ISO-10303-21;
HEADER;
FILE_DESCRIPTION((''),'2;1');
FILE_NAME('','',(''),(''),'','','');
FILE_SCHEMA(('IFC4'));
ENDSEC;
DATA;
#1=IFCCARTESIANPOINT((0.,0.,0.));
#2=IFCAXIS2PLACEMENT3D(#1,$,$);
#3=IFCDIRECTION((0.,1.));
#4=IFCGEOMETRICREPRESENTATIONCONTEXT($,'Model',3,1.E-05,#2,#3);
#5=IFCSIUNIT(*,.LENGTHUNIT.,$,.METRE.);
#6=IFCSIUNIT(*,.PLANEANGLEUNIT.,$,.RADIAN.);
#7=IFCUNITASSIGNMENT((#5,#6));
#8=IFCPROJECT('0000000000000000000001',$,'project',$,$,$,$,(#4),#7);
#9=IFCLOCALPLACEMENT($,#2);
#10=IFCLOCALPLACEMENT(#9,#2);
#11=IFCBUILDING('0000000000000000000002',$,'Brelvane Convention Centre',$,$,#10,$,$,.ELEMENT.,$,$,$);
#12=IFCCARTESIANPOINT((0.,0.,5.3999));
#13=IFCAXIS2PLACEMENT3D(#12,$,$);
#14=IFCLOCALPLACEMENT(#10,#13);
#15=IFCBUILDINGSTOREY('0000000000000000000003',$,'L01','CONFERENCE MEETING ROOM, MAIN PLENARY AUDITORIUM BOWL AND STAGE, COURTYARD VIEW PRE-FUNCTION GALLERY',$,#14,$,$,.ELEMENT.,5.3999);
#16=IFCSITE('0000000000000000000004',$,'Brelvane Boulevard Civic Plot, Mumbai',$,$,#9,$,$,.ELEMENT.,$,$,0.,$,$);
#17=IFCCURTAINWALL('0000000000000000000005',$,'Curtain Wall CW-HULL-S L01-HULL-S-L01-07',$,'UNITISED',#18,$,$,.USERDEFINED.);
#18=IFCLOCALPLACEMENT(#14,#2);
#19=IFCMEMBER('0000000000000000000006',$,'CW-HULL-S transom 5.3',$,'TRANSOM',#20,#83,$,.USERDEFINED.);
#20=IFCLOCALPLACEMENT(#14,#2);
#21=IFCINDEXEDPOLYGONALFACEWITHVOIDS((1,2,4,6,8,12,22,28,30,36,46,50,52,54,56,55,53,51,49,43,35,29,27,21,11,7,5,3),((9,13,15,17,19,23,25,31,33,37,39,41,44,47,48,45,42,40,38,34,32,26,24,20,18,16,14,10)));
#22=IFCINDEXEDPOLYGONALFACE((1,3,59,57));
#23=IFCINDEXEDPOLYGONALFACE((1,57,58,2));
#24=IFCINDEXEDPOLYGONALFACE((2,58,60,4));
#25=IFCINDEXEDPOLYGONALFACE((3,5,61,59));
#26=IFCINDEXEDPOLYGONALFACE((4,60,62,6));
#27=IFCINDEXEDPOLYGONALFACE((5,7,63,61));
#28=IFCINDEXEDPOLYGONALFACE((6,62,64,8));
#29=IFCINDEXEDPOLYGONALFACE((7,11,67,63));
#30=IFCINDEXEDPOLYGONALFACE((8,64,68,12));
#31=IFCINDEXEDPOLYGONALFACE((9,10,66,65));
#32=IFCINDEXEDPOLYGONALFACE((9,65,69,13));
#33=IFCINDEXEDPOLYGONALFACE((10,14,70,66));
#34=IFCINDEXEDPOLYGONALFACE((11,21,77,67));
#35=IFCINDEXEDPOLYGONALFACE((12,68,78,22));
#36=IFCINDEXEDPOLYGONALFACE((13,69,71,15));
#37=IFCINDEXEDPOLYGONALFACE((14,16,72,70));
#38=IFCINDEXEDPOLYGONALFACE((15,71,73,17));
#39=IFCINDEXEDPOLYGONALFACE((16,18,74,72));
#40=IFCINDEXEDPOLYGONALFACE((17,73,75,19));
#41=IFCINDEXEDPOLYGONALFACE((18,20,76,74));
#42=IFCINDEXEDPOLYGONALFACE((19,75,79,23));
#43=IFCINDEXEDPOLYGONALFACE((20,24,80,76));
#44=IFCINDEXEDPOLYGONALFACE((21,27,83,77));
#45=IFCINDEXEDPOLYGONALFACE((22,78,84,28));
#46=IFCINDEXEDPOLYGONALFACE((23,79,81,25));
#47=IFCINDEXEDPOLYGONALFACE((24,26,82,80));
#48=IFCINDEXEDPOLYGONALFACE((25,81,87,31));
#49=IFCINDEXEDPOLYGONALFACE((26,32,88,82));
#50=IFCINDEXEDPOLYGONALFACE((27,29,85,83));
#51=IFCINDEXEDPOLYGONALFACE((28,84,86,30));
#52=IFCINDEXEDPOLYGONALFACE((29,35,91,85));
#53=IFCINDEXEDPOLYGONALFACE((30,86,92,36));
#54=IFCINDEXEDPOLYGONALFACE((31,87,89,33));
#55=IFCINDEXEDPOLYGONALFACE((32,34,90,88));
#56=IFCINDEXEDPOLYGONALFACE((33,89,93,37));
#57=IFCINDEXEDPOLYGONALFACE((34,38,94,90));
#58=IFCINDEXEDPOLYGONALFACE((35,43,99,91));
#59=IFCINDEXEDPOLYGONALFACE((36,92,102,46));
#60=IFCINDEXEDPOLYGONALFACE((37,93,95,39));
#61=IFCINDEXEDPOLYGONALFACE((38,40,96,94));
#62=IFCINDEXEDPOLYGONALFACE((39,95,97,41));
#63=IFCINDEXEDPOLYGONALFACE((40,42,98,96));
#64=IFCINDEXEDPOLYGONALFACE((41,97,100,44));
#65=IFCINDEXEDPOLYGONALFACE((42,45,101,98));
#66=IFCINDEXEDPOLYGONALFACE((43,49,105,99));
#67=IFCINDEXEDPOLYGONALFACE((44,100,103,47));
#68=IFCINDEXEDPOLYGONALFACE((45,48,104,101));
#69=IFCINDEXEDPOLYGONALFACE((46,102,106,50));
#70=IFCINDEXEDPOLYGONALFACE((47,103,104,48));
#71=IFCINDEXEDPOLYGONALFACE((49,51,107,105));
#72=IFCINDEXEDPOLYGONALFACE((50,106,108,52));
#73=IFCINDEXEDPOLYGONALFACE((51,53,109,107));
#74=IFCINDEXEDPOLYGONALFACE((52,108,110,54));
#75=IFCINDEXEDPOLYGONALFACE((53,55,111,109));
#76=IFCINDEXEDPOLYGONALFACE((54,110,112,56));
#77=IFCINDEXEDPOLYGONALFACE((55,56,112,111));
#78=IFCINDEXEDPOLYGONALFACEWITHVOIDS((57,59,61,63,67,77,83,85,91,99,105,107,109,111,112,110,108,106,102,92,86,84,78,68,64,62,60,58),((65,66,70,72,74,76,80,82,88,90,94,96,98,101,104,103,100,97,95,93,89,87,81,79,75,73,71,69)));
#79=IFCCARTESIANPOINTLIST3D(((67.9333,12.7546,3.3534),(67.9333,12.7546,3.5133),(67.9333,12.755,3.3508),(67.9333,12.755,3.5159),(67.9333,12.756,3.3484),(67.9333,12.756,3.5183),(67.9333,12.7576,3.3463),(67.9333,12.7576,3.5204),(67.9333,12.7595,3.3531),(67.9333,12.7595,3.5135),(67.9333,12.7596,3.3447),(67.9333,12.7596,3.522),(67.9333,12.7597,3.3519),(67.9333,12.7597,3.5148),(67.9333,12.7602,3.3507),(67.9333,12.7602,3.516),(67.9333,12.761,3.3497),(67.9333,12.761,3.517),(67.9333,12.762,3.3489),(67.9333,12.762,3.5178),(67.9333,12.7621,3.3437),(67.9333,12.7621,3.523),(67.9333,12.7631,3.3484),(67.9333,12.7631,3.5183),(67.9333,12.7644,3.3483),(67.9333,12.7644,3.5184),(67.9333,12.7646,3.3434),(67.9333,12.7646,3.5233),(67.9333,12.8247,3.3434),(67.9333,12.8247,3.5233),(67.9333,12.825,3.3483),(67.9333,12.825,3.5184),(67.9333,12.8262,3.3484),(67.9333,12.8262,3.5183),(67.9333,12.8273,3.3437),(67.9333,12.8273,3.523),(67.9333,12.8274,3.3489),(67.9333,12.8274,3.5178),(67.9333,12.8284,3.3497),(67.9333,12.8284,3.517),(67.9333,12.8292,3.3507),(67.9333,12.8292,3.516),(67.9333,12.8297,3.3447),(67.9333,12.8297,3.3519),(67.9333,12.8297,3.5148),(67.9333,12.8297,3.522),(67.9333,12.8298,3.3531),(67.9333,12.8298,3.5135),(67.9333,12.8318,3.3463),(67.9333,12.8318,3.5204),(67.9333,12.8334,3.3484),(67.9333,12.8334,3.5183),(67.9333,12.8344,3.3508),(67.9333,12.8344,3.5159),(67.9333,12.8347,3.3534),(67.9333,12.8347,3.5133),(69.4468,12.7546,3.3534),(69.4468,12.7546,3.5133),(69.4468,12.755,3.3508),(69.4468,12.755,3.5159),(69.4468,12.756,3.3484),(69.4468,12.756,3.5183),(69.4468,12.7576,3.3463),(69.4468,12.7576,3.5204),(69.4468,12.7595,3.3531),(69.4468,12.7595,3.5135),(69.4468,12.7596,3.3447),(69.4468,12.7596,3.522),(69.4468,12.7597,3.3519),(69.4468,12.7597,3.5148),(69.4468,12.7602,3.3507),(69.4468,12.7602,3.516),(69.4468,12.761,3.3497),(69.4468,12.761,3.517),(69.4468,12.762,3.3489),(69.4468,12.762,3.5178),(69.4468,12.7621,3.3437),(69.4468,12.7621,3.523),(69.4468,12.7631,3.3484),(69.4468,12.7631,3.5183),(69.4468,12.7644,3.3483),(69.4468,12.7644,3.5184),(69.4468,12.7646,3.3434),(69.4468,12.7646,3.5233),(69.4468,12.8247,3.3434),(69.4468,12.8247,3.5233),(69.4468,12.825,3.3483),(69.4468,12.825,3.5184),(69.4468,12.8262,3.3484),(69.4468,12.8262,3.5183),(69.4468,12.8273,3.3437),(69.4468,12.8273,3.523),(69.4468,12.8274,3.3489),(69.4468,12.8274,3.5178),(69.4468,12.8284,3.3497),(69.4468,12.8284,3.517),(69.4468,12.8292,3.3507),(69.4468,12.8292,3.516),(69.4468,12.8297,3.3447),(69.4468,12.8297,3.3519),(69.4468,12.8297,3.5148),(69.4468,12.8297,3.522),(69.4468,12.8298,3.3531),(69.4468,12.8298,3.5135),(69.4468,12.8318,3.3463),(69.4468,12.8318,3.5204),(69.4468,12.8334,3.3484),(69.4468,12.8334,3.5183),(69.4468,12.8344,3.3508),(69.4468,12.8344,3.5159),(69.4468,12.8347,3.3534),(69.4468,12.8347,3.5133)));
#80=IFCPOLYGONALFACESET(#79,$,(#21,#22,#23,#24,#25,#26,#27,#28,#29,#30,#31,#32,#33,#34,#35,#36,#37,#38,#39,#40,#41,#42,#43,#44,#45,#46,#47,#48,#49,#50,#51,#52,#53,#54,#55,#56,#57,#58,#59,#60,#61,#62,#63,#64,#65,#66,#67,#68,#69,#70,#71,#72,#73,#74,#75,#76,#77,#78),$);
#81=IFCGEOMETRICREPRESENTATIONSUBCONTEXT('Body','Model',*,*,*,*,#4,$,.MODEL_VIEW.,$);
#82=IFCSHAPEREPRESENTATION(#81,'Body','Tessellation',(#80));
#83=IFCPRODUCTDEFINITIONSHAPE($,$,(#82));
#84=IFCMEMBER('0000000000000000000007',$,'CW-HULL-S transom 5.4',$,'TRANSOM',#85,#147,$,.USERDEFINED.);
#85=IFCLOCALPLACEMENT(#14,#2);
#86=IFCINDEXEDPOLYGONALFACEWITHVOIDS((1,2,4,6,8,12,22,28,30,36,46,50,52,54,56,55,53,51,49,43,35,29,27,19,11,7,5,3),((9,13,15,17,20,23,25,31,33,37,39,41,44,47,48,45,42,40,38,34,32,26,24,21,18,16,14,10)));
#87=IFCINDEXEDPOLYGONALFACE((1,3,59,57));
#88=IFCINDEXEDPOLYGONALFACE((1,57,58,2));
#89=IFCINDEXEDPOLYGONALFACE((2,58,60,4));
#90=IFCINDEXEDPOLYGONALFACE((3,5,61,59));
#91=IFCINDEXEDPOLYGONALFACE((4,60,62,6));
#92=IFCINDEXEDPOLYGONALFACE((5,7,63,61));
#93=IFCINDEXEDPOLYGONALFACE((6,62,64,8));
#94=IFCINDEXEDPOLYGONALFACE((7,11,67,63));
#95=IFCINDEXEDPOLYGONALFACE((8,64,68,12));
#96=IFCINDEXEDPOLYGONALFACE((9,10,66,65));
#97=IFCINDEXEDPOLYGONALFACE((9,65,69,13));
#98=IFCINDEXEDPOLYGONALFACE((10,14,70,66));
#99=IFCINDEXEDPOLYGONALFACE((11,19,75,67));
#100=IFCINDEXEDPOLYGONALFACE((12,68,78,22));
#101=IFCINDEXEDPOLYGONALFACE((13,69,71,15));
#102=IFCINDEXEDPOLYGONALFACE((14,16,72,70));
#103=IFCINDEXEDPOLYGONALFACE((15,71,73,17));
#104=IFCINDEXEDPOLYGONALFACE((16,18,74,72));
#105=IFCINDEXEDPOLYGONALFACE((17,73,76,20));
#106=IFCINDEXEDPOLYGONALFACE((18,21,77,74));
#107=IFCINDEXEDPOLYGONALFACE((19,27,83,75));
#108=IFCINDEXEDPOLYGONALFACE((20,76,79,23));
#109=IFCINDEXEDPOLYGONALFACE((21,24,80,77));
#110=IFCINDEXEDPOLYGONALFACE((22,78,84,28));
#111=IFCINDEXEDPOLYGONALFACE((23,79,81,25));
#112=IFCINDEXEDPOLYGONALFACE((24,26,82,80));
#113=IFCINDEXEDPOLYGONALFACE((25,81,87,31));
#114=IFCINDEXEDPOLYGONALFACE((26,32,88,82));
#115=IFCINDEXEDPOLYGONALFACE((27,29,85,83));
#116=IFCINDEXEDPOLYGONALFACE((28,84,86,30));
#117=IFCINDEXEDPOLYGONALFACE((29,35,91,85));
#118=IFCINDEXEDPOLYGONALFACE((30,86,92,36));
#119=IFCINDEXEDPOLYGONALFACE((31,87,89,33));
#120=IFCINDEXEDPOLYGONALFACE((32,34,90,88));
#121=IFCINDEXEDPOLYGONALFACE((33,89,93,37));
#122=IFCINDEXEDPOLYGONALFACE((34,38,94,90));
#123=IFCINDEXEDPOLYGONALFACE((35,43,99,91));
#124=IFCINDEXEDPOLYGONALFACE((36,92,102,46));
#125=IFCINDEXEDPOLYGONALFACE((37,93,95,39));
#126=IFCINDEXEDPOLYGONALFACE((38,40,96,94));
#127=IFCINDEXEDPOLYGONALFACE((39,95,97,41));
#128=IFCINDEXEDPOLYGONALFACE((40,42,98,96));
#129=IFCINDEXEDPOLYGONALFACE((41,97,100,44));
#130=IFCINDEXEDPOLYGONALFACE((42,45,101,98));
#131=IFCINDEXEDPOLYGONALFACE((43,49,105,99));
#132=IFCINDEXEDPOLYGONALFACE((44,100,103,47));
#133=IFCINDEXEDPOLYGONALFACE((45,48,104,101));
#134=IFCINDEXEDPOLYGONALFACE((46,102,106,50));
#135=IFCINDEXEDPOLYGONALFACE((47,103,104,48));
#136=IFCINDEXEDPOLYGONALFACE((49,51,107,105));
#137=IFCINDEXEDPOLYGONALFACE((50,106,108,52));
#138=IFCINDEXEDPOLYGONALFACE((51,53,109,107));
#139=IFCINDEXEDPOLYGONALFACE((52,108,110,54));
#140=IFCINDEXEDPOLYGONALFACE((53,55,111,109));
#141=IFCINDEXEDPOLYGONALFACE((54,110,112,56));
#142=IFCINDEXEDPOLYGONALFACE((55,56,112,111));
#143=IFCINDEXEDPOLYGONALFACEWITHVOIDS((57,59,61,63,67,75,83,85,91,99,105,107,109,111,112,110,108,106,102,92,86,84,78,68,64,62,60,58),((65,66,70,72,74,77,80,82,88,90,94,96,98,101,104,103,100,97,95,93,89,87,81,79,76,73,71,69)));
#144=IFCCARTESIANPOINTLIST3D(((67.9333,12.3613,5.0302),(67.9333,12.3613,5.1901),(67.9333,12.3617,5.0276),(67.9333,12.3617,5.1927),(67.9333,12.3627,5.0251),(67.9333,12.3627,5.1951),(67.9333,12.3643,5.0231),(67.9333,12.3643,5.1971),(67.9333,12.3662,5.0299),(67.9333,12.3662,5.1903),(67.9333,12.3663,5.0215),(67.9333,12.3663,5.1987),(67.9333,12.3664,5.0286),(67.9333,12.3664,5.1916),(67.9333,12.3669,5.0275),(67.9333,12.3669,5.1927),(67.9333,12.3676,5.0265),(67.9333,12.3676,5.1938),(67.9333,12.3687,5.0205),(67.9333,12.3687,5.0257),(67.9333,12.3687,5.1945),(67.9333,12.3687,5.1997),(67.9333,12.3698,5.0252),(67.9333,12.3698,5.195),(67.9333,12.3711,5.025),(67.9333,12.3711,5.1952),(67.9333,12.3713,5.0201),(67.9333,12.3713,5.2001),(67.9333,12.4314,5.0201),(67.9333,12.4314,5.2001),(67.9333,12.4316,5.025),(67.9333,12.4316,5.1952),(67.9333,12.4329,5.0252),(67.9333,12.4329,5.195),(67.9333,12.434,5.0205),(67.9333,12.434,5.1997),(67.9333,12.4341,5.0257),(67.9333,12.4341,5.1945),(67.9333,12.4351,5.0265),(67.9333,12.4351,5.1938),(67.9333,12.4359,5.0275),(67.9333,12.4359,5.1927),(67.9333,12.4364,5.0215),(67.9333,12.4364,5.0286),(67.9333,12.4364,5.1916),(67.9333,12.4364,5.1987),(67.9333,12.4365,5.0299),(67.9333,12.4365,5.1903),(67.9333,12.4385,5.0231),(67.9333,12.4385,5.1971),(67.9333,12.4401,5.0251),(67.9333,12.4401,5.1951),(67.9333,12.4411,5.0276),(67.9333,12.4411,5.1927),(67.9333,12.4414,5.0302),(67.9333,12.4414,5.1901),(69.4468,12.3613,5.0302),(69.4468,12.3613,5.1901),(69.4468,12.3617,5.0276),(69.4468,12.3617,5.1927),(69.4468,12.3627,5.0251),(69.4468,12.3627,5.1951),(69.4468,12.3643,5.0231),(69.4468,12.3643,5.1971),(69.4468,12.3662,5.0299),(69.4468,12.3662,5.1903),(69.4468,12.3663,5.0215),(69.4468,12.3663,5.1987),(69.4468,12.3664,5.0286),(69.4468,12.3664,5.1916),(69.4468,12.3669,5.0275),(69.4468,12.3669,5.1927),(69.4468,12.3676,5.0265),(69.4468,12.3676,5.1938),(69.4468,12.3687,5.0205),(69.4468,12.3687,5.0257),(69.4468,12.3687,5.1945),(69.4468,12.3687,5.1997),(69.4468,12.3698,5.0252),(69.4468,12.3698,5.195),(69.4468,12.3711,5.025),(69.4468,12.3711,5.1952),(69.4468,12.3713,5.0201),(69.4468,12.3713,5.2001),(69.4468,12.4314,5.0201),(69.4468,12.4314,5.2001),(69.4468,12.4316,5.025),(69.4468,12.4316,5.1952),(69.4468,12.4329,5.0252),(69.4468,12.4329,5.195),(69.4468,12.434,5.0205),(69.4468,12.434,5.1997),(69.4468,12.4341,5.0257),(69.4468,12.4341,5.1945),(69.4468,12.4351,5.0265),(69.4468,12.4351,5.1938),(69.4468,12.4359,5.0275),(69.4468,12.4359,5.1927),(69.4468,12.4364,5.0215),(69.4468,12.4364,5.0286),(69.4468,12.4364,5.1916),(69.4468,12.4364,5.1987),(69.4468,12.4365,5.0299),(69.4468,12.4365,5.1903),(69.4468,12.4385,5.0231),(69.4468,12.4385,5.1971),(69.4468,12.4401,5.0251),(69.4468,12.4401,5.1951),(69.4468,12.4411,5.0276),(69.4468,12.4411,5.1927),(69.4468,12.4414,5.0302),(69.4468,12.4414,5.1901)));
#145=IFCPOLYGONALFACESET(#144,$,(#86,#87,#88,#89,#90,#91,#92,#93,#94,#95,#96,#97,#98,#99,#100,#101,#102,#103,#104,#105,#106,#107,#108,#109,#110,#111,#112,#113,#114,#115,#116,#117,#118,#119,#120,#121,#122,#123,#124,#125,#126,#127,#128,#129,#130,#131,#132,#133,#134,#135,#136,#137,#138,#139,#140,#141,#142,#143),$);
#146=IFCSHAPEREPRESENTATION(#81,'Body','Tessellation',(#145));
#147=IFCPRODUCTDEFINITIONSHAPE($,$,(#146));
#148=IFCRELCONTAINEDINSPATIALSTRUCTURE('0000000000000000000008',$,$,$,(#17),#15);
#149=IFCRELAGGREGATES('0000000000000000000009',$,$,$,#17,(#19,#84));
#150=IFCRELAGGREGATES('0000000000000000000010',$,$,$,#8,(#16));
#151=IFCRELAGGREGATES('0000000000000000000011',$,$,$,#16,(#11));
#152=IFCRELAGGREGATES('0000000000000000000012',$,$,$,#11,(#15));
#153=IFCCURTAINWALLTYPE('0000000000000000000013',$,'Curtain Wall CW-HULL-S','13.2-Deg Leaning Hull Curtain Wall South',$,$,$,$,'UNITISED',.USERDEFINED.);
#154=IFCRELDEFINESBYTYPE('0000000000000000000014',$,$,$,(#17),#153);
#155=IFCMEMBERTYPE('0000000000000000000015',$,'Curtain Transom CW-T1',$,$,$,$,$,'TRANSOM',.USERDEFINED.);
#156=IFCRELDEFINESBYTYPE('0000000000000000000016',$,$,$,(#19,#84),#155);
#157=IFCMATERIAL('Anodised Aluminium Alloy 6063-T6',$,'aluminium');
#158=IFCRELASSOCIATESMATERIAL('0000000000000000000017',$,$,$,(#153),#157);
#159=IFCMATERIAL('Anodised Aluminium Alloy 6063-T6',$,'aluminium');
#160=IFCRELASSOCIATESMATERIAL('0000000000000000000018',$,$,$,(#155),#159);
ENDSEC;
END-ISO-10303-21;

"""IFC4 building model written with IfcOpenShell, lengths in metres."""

from ifc_helpers import new_model, si_unit, direction, frame, origin, origin_2d, place, context, subcontext, project, spatial, hollow_rectangle, extrude, material, material_profile, profile_set, type_object, element, aggregate, save


model = new_model("IFC4")

# Units and contexts
model_context = context("Model", 3, precision=1e-05, world=origin(), true_north=direction((0.0, 1.0)))
body_context = subcontext(model_context, "Body", "Model", "MODEL_VIEW")
ifc_project = project(units=[si_unit("LENGTHUNIT", "METRE"), si_unit("PLANEANGLEUNIT", "RADIAN")], contexts=[model_context])

# Site, building, storey
site_placement = place(None, origin())
site = spatial("IfcSite", under=ifc_project, at=site_placement, Name="Brelvane Boulevard Civic Plot, Mumbai", CompositionType="ELEMENT", RefElevation=0.0)
building_placement = place(site_placement, origin())
building = spatial("IfcBuilding", under=site, at=building_placement, Name="Brelvane Convention Centre", CompositionType="ELEMENT")
storey_placement = place(building_placement, frame((0.0, 0.0, 5.3999)))
storey = spatial("IfcBuildingStorey", under=building, at=storey_placement, Name="L01", Description="CONFERENCE MEETING ROOM, MAIN PLENARY AUDITORIUM BOWL AND STAGE, COURTYARD VIEW PRE-FUNCTION GALLERY", CompositionType="ELEMENT", Elevation=5.3999)

# Curtain wall, members
ifc_material_1 = material(Name="Anodised Aluminium Alloy 6063-T6", Category="aluminium")
curtain_wall_type = type_object("IfcCurtainWallType", Name="Curtain Wall CW-HULL-S", Description="13.2-Deg Leaning Hull Curtain Wall South", ElementType="UNITISED", PredefinedType="USERDEFINED", material=ifc_material_1)
curtain_wall_1_placement = place(storey_placement, origin())
curtain_wall_1 = element("IfcCurtainWall", 1, at=curtain_wall_1_placement, inside=storey, type_object=curtain_wall_type, Name="Curtain Wall CW-HULL-S L01-HULL-S-L01-07", ObjectType="UNITISED", PredefinedType="USERDEFINED")
ifc_material_2 = material(Name="Anodised Aluminium Alloy 6063-T6", Category="aluminium")
ifc_material_profile = material_profile(ifc_material_2, hollow_rectangle(XDim=0.0801, YDim=0.1799, WallThickness=0.0049, InnerFilletRadius=0.0049, OuterFilletRadius=0.01, at=origin_2d()), Name="ALU-T 180x80x5.0")
ifc_profile_set = profile_set([ifc_material_profile], Name="Anodised Aluminium Alloy 6063-T6")
member_type = type_object("IfcMemberType", Name="Curtain Transom CW-T1", ElementType="TRANSOM", PredefinedType="USERDEFINED", material=ifc_profile_set)
member_1_placement = place(storey_placement, frame((67.9333, 12.7947, 3.4333), z_axis=(1.0, 0.0, 0.0), x_axis=(0.0, 1.0, 0.0)))
member_1 = element("IfcMember", 2, at=member_1_placement, type_object=member_type, Name="CW-HULL-S transom 5.3", ObjectType="TRANSOM", PredefinedType="USERDEFINED", context=body_context, shape_type="SweptSolid", body=[
    extrude(hollow_rectangle(XDim=0.0801, YDim=0.1799, WallThickness=0.0049, InnerFilletRadius=0.0049, OuterFilletRadius=0.01, at=origin_2d()), origin(), (0.0, 0.0, 1.0), 1.5134),
])
member_2_placement = place(storey_placement, frame((67.9333, 12.4014, 5.1101), z_axis=(1.0, 0.0, 0.0), x_axis=(0.0, 1.0, 0.0)))
member_2 = element("IfcMember", 3, at=member_2_placement, type_object=member_type, Name="CW-HULL-S transom 5.4", ObjectType="TRANSOM", PredefinedType="USERDEFINED", context=body_context, shape_type="SweptSolid", body=[
    extrude(hollow_rectangle(XDim=0.0801, YDim=0.1799, WallThickness=0.0049, InnerFilletRadius=0.0049, OuterFilletRadius=0.01, at=origin_2d()), origin(), (0.0, 0.0, 1.0), 1.5134),
])

aggregate(curtain_wall_1, [member_1, member_2])

save(model, "model.ifc")
